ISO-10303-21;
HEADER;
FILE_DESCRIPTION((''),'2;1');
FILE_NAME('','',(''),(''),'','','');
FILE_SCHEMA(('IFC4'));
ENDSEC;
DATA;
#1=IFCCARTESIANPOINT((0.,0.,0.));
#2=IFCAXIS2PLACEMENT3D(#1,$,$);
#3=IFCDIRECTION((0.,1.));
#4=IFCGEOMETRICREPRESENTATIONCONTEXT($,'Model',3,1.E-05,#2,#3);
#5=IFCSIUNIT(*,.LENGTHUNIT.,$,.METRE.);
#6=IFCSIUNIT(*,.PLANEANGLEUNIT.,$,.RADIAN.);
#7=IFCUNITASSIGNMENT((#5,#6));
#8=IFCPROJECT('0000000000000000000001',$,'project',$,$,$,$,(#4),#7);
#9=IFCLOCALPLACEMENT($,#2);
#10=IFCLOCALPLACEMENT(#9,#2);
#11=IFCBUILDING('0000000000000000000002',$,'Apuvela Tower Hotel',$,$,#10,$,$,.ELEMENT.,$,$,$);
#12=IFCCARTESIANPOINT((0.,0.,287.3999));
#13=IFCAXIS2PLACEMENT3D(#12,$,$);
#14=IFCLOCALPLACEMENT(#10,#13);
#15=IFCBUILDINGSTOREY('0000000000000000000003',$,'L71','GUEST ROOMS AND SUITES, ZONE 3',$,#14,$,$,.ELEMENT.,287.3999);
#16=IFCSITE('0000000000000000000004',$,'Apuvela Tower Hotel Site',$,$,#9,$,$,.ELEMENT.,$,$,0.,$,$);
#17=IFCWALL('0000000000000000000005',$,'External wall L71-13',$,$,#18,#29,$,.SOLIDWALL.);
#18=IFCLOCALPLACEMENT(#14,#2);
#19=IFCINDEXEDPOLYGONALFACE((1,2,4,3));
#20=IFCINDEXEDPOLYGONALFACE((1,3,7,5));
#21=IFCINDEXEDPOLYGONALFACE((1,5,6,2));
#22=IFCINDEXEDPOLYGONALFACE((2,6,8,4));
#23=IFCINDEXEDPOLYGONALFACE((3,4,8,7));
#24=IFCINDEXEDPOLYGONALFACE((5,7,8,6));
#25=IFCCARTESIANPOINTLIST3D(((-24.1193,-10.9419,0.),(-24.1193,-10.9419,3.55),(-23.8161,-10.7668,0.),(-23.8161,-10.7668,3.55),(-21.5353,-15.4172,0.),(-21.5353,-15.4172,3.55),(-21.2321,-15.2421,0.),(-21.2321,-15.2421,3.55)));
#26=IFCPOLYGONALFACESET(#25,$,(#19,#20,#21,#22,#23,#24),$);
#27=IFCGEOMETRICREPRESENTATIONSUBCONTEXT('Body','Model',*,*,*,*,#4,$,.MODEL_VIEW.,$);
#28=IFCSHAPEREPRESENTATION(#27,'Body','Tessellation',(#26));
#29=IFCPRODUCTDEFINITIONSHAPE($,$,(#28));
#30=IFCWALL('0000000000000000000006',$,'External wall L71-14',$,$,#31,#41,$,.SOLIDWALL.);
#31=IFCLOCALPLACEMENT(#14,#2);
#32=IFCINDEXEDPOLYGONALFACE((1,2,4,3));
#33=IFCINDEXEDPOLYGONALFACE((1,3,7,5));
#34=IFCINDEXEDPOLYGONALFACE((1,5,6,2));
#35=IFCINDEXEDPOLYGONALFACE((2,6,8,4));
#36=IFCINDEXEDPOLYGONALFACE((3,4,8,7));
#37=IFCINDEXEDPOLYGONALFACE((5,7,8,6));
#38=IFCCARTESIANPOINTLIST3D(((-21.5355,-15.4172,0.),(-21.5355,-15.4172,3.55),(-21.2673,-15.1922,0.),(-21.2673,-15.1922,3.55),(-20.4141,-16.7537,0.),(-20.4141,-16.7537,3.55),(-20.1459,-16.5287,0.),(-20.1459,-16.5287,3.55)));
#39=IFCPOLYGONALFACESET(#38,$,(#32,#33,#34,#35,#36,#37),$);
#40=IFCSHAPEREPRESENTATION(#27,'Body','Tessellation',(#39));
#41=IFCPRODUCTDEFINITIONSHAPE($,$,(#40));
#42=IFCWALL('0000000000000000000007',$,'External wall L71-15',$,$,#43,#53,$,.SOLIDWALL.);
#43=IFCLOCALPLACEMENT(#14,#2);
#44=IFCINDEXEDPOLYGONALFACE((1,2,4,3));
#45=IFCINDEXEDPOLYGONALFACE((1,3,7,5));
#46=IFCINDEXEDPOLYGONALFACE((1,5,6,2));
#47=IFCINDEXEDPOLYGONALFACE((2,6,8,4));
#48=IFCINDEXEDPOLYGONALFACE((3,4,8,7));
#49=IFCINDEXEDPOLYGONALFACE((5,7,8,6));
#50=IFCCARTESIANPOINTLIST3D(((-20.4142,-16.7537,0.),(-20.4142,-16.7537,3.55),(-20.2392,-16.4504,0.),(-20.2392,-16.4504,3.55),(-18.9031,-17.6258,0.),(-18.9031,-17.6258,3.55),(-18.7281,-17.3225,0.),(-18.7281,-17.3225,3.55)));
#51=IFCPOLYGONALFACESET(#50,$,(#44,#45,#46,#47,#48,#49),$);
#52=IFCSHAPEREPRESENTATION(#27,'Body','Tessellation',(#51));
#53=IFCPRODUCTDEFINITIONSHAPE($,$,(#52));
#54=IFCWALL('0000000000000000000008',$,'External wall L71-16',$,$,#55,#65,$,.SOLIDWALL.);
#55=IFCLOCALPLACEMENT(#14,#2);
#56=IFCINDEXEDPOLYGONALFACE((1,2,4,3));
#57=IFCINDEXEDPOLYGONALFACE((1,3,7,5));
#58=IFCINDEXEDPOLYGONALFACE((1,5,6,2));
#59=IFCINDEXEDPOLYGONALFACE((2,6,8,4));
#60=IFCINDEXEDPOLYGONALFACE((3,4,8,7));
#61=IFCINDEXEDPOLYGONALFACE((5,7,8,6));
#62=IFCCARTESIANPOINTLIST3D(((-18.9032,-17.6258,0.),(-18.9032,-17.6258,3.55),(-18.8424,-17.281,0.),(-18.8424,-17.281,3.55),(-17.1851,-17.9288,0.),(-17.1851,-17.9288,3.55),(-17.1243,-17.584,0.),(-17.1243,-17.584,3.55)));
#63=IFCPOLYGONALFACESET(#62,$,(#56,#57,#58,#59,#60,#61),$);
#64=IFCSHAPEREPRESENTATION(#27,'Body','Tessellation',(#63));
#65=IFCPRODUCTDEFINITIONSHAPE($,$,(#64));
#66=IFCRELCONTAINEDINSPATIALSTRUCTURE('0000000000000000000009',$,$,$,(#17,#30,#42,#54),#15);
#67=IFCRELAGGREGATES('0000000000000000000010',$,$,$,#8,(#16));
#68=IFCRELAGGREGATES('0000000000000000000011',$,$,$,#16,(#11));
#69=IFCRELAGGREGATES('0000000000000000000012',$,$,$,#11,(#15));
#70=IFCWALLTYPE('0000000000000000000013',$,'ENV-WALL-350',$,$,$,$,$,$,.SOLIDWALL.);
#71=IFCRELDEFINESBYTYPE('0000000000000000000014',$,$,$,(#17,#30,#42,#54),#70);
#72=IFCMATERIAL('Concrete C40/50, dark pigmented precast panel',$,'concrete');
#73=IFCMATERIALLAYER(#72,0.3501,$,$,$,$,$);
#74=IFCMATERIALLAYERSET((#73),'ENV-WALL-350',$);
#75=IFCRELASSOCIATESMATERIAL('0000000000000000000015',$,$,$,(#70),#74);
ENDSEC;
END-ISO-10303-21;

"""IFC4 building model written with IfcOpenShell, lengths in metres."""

from ifc_helpers import new_model, si_unit, direction, frame, frame_2d, origin, place, context, subcontext, project, spatial, rectangle, extrude, material, layer, layer_set, type_object, element, save


model = new_model("IFC4")

# Units and contexts
model_context = context("Model", 3, precision=1e-05, world=origin(), true_north=direction((0.0, 1.0)))
body_context = subcontext(model_context, "Body", "Model", "MODEL_VIEW")
ifc_project = project(units=[si_unit("LENGTHUNIT", "METRE"), si_unit("PLANEANGLEUNIT", "RADIAN")], contexts=[model_context])

# Site, building, storey
site_placement = place(None, origin())
site = spatial("IfcSite", under=ifc_project, at=site_placement, Name="Apuvela Tower Hotel Site", CompositionType="ELEMENT", RefElevation=0.0)
building_placement = place(site_placement, origin())
building = spatial("IfcBuilding", under=site, at=building_placement, Name="Apuvela Tower Hotel", CompositionType="ELEMENT")
storey_placement = place(building_placement, frame((0.0, 0.0, 287.3999)))
storey = spatial("IfcBuildingStorey", under=building, at=storey_placement, Name="L71", Description="GUEST ROOMS AND SUITES, ZONE 3", CompositionType="ELEMENT", Elevation=287.3999)

# Walls
ifc_material_1 = material(Name="Concrete C40/50, dark pigmented precast panel", Category="concrete")
ifc_layer_1 = layer(ifc_material_1, 0.3501)
ifc_layer_set_1 = layer_set([ifc_layer_1], Name="ENV-WALL-350")
wall_type_1 = type_object("IfcWallType", Name="ENV-WALL-350", PredefinedType="SOLIDWALL", material=ifc_layer_set_1)
wall_1_placement = place(storey_placement, frame((-23.9678, -10.8542, 0.0), z_axis=(0.0, 0.0, 1.0), x_axis=(0.500021, -0.866013, 0.0)))
element("IfcWall", 1, at=wall_1_placement, inside=storey, type_object=wall_type_1, Name="External wall L71-13", PredefinedType="SOLIDWALL", context=body_context, shape_type="SweptSolid", body=[
    extrude(rectangle(XDim=5.1677, YDim=0.3501, at=frame_2d((2.584, 0.0))), origin(), (0.0, 0.0, 1.0), 3.55),
])
for number, where, z_axis, x_axis, name in (
    (2, (-21.4014, -15.3047, 0.0), (0.0, 0.0, 1.0), (0.642769, -0.76606, 0.0), "External wall L71-14"),
    (3, (-20.3267, -16.6021, 0.0), (0.0, 0.0, 1.0), (0.866099, -0.499872, 0.0), "External wall L71-15"),
    (4, (-18.8728, -17.4534, 0.0), (0.0, 0.0, 1.0), (0.984803, -0.173674, 0.0), "External wall L71-16"),
):
    element("IfcWall", number, at=place(storey_placement, frame(where, z_axis=z_axis, x_axis=x_axis)), inside=storey, type_object=wall_type_1, Name=name, PredefinedType="SOLIDWALL", context=body_context, shape_type="SweptSolid", body=[
        extrude(rectangle(XDim=1.7446, YDim=0.3501, at=frame_2d((0.8723, 0.0))), origin(), (0.0, 0.0, 1.0), 3.55),
    ])

save(model, "model.ifc")
